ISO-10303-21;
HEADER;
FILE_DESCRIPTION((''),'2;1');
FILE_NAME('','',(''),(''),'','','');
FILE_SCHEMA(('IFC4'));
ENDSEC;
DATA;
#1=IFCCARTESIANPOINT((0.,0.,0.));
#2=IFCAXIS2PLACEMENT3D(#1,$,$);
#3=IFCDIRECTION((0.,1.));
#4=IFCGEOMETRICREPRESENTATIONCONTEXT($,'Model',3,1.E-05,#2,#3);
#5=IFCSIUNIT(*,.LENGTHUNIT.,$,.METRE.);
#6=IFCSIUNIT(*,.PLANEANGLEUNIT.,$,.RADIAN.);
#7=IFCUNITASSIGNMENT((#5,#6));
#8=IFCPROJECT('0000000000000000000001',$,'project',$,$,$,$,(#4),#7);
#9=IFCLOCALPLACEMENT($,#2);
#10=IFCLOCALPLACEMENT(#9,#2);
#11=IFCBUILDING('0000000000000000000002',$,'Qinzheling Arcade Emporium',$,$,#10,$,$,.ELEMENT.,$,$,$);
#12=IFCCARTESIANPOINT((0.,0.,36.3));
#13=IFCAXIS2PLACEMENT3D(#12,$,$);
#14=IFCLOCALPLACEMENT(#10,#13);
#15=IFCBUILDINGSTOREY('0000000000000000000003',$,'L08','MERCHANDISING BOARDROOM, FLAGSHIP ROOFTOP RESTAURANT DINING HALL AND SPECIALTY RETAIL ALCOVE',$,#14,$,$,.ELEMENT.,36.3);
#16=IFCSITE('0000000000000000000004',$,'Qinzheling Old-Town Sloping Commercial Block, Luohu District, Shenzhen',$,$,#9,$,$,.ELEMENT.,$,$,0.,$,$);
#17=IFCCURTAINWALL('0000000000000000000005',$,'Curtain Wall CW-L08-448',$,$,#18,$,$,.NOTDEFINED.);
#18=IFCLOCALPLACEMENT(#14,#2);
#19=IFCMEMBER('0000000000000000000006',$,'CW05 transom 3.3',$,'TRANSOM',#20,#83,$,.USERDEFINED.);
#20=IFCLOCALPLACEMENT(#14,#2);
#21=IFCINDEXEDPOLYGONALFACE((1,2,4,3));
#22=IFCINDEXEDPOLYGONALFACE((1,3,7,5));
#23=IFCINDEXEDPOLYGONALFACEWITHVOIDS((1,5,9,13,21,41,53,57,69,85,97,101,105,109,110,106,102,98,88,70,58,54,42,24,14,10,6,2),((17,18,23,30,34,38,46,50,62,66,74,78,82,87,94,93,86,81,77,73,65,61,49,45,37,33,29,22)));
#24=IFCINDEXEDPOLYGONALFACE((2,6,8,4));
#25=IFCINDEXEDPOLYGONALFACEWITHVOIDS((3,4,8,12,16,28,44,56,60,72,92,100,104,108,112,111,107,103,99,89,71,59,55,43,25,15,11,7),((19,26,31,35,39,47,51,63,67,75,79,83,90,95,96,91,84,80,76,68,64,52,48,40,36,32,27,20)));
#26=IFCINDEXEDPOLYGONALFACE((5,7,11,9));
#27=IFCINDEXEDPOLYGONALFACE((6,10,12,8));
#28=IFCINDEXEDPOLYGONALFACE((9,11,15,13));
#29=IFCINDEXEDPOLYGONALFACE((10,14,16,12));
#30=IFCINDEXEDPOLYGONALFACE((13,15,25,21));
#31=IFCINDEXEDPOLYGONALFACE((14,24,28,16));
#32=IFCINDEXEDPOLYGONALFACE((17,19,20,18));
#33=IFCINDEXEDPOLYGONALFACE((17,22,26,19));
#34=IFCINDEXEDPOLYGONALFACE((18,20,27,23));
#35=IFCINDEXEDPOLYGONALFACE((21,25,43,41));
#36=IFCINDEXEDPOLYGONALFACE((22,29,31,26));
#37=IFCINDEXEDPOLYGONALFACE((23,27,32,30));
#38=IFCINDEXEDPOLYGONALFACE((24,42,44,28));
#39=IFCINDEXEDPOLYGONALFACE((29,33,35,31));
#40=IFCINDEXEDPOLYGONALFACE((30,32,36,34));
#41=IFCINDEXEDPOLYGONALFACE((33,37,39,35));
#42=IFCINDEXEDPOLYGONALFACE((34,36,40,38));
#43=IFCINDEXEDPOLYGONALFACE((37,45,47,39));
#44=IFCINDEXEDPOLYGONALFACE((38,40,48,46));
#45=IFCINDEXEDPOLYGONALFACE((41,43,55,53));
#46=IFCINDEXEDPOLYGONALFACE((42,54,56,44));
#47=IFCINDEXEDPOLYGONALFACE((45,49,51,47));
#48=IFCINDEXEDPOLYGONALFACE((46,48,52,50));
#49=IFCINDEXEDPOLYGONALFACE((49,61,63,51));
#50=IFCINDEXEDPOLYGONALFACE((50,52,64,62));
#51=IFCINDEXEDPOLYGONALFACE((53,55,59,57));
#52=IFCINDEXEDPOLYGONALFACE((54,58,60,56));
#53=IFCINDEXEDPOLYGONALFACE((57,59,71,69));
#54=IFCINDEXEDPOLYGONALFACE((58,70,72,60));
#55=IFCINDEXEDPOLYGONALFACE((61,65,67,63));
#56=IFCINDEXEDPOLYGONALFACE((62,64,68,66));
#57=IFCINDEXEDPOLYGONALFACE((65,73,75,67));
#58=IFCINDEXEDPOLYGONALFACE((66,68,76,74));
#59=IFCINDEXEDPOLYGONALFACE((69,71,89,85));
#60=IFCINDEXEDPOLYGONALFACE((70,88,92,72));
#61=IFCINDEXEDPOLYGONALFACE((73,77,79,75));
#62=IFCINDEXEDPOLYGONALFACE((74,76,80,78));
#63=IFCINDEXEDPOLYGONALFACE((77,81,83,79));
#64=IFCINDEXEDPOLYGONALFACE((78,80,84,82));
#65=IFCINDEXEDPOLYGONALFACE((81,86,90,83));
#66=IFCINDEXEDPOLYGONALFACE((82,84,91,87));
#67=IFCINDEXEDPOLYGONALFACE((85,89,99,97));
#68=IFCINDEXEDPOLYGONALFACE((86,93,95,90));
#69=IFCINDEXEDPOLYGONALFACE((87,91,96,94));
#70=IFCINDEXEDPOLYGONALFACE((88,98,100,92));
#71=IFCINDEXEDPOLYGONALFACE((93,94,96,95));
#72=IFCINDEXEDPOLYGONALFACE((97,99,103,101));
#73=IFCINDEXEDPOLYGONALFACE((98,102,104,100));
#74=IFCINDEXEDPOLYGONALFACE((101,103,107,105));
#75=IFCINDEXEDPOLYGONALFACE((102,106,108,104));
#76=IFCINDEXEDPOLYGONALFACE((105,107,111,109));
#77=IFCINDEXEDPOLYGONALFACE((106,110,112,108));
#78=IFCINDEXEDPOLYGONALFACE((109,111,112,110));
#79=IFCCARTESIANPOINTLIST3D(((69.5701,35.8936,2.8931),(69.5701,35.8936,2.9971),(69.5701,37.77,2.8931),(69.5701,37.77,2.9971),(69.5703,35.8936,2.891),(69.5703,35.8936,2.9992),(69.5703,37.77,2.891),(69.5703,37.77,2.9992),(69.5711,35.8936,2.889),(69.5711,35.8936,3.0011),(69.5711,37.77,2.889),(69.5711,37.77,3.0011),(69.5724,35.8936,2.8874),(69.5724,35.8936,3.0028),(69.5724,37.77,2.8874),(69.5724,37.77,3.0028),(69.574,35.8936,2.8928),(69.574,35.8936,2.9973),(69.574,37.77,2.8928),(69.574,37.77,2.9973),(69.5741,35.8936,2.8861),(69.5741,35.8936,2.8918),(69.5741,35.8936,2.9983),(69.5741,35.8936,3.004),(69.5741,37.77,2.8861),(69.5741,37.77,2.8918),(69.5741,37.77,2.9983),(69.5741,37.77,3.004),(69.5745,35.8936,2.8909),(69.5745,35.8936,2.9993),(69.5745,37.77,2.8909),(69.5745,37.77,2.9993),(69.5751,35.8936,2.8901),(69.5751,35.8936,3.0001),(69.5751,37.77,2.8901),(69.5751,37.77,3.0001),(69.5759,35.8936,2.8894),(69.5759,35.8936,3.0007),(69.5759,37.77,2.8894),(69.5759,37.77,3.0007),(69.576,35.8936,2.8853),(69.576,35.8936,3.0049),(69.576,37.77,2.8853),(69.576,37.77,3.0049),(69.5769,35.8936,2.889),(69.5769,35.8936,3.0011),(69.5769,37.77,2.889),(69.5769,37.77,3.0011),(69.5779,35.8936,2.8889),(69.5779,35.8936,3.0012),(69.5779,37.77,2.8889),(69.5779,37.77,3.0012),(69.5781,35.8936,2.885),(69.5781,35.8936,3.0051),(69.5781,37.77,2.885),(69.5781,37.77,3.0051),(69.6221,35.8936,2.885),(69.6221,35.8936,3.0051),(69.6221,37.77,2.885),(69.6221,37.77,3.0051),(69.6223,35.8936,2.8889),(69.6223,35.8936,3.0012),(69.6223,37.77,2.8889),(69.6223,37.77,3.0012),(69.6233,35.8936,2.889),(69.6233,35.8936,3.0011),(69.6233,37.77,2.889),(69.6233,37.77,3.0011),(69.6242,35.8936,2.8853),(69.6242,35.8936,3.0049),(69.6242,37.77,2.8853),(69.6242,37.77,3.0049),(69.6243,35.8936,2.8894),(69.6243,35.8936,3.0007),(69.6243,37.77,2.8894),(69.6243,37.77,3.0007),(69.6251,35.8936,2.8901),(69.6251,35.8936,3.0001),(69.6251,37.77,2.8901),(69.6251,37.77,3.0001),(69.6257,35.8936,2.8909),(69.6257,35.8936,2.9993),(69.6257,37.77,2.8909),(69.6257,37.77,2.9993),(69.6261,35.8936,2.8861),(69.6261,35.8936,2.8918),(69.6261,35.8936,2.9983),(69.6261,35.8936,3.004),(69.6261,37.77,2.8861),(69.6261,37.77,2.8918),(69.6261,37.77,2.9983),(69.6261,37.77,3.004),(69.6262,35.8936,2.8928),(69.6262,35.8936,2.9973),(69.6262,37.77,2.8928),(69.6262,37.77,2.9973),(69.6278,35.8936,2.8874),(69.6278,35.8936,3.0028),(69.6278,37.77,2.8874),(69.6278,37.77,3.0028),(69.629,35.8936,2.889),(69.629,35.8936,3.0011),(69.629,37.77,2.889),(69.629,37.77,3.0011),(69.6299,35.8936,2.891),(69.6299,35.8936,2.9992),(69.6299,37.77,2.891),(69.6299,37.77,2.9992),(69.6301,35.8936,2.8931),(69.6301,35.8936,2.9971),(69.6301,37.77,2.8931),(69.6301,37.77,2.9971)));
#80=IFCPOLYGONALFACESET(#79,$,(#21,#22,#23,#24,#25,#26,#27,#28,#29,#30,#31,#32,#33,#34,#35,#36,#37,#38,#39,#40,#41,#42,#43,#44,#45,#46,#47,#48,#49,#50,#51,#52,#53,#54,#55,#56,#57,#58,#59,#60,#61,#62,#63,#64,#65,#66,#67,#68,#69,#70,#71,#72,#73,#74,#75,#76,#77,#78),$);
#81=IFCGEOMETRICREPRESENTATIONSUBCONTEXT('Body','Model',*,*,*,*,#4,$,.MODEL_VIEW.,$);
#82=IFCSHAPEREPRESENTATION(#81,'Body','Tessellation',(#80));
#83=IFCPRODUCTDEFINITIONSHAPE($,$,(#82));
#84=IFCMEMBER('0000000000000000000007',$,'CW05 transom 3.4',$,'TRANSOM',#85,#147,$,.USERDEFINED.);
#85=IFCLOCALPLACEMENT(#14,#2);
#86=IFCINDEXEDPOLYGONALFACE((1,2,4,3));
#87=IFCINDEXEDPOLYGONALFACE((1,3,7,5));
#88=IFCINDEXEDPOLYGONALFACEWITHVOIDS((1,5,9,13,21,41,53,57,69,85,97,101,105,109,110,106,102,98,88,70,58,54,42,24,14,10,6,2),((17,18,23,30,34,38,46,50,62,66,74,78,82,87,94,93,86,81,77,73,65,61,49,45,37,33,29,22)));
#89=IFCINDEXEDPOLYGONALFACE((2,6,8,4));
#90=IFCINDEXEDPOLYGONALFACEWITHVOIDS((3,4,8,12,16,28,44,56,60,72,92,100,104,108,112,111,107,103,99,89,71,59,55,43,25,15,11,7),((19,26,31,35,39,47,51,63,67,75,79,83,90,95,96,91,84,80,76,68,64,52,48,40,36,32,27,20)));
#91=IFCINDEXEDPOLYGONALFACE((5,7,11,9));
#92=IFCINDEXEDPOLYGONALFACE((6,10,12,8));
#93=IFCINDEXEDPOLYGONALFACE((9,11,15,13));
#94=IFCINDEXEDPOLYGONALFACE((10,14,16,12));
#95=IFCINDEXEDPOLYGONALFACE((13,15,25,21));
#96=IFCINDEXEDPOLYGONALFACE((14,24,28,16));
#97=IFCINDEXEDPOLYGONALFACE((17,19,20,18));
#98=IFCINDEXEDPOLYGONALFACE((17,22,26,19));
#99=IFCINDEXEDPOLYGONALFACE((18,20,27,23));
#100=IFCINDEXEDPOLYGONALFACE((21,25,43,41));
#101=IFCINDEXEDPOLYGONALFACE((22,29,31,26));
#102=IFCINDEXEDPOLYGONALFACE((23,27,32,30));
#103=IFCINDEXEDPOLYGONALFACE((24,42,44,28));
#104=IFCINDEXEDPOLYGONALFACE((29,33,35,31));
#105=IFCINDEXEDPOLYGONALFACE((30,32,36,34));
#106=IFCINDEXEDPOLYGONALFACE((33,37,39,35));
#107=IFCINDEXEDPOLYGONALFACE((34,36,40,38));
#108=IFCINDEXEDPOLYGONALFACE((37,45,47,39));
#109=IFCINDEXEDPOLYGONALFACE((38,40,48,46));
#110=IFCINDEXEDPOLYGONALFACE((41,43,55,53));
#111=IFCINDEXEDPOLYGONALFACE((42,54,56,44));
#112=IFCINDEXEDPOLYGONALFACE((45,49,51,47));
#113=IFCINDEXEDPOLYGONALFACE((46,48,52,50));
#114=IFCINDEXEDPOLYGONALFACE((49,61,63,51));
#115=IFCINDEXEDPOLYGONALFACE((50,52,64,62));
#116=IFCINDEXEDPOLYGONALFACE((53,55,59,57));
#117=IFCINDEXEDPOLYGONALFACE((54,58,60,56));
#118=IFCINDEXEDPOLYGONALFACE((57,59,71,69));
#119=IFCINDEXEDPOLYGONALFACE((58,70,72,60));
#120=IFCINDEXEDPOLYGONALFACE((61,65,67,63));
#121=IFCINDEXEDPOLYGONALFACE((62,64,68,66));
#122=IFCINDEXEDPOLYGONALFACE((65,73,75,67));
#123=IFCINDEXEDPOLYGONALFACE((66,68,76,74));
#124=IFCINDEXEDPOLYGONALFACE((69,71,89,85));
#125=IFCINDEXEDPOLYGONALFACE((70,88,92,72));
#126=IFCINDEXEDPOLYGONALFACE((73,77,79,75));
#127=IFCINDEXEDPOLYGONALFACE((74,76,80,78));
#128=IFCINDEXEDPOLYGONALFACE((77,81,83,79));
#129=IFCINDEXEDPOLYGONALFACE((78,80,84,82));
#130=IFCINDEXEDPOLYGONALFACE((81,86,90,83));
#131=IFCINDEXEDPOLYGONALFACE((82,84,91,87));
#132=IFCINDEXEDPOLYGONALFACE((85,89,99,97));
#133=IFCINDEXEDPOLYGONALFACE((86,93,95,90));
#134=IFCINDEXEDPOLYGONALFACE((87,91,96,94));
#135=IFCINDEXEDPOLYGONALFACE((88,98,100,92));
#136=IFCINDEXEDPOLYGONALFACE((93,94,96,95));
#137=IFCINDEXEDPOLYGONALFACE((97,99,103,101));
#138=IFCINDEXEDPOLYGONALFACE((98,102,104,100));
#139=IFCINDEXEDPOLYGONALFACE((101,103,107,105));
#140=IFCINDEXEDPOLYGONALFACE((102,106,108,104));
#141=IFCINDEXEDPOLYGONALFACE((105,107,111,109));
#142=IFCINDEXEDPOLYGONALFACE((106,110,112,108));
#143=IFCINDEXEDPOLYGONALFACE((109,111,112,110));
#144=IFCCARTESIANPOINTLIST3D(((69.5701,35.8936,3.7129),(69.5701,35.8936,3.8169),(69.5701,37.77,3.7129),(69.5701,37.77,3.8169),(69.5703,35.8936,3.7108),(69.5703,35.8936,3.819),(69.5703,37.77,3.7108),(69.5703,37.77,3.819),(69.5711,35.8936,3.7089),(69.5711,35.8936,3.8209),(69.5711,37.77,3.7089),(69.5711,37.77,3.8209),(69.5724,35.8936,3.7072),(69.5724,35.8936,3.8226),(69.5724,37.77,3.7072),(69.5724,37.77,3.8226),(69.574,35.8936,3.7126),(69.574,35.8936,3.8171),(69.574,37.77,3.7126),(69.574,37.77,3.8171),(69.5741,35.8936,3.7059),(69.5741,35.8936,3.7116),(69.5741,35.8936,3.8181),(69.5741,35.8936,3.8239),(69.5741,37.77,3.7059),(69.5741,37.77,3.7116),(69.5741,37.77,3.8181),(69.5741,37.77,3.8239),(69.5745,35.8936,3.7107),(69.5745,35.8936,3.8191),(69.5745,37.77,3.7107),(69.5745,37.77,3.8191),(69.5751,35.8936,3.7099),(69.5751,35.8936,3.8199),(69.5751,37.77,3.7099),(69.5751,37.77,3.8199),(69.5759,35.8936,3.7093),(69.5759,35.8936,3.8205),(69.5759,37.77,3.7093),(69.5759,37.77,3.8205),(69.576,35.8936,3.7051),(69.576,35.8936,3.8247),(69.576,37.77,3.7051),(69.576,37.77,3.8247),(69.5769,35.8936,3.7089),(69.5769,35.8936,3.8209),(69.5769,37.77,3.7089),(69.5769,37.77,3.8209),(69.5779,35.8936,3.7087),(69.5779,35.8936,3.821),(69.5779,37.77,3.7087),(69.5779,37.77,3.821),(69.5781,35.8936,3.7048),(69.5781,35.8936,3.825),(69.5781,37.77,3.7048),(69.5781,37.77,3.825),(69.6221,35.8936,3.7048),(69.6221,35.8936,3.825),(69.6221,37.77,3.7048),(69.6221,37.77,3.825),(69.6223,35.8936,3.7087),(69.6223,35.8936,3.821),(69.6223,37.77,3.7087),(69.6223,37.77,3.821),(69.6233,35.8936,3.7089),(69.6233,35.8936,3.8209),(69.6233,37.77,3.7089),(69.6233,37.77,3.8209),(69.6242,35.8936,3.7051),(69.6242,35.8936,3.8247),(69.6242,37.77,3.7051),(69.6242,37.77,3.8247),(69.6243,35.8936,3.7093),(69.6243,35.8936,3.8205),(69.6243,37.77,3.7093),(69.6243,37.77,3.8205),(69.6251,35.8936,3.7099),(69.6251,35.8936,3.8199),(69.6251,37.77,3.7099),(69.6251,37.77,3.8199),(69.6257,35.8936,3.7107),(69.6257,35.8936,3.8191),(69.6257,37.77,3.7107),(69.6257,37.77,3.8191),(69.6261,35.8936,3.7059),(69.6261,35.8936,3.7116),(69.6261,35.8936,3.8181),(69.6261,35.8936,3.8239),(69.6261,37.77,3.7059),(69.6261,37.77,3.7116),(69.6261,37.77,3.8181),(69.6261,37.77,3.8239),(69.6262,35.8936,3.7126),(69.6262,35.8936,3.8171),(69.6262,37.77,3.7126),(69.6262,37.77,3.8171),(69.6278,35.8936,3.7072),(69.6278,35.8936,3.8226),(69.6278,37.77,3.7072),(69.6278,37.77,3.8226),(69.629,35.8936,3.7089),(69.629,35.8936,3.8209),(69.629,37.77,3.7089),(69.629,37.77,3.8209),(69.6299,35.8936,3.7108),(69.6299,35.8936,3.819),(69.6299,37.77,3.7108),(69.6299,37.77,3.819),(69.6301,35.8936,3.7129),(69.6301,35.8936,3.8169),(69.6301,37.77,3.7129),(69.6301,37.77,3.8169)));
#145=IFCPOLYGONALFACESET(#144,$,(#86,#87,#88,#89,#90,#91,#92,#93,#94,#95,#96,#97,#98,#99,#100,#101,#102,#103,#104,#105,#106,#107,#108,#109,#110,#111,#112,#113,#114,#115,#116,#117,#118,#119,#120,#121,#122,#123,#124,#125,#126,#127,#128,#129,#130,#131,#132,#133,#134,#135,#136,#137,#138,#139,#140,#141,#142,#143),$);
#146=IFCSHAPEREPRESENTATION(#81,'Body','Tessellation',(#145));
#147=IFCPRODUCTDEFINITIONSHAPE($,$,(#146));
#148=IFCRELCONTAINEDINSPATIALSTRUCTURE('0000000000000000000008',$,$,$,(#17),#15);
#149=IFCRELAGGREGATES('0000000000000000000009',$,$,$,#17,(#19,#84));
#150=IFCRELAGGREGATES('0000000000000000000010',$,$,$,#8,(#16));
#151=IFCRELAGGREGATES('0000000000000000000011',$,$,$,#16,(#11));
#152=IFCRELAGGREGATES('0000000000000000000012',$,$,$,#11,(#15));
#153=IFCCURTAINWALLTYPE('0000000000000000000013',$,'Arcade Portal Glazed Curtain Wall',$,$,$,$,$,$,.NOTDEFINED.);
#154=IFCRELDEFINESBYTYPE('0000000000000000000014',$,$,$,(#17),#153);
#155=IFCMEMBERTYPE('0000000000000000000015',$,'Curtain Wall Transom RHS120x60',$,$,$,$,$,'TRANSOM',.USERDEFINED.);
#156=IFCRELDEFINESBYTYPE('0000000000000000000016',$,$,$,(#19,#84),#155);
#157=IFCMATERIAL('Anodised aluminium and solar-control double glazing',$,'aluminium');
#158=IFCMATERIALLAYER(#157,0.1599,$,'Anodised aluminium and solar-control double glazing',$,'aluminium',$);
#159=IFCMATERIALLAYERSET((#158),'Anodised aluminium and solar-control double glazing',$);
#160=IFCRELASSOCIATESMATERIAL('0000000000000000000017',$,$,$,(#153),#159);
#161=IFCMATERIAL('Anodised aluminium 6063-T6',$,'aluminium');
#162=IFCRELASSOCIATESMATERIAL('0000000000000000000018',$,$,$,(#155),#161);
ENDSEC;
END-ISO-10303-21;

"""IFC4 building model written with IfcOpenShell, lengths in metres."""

from ifc_helpers import new_model, si_unit, direction, frame, origin, origin_2d, place, context, subcontext, project, spatial, hollow_rectangle, extrude, material, layer, layer_set, material_profile, profile_set, type_object, element, aggregate, save


model = new_model("IFC4")

# Units and contexts
model_context = context("Model", 3, precision=1e-05, world=origin(), true_north=direction((0.0, 1.0)))
body_context = subcontext(model_context, "Body", "Model", "MODEL_VIEW")
ifc_project = project(units=[si_unit("LENGTHUNIT", "METRE"), si_unit("PLANEANGLEUNIT", "RADIAN")], contexts=[model_context])

# Site, building, storey
site_placement = place(None, origin())
site = spatial("IfcSite", under=ifc_project, at=site_placement, Name="Qinzheling Old-Town Sloping Commercial Block, Luohu District, Shenzhen", CompositionType="ELEMENT", RefElevation=0.0)
building_placement = place(site_placement, origin())
building = spatial("IfcBuilding", under=site, at=building_placement, Name="Qinzheling Arcade Emporium", CompositionType="ELEMENT")
storey_placement = place(building_placement, frame((0.0, 0.0, 36.3)))
storey = spatial("IfcBuildingStorey", under=building, at=storey_placement, Name="L08", Description="MERCHANDISING BOARDROOM, FLAGSHIP ROOFTOP RESTAURANT DINING HALL AND SPECIALTY RETAIL ALCOVE", CompositionType="ELEMENT", Elevation=36.3)

# Curtain wall
ifc_material_1 = material(Name="Anodised aluminium and solar-control double glazing", Category="aluminium")
ifc_layer_1 = layer(ifc_material_1, 0.1599, Name="Anodised aluminium and solar-control double glazing", Category="aluminium")
ifc_layer_set_1 = layer_set([ifc_layer_1], Name="Anodised aluminium and solar-control double glazing")
curtain_wall_type = type_object("IfcCurtainWallType", Name="Arcade Portal Glazed Curtain Wall", PredefinedType="NOTDEFINED", material=ifc_layer_set_1)
curtain_wall_1_placement = place(storey_placement, origin())
curtain_wall_1 = element("IfcCurtainWall", 1, at=curtain_wall_1_placement, inside=storey, type_object=curtain_wall_type, Name="Curtain Wall CW-L08-448", PredefinedType="NOTDEFINED")
ifc_material_2 = material(Name="Anodised aluminium 6063-T6", Category="aluminium")

# Members
ifc_material_profile_1 = material_profile(ifc_material_2, hollow_rectangle(XDim=0.0601, YDim=0.1201, WallThickness=0.0039, InnerFilletRadius=0.0039, OuterFilletRadius=0.0081, at=origin_2d()), Name="RHS 120x60x4", Category="aluminium")
ifc_profile_set_1 = profile_set([ifc_material_profile_1], Name="Anodised aluminium 6063-T6")
member_type_1 = type_object("IfcMemberType", Name="Curtain Wall Transom RHS120x60", ElementType="TRANSOM", PredefinedType="USERDEFINED", material=ifc_profile_set_1)
member_1_placement = place(storey_placement, frame((69.6001, 37.77, 2.9451), z_axis=(0.0, -1.0, 0.0), x_axis=(1.0, 0.0, 0.0)))
member_1 = element("IfcMember", 2, at=member_1_placement, type_object=member_type_1, Name="CW05 transom 3.3", ObjectType="TRANSOM", PredefinedType="USERDEFINED", context=body_context, shape_type="SweptSolid", body=[
    extrude(hollow_rectangle(XDim=0.0601, YDim=0.1201, WallThickness=0.0039, InnerFilletRadius=0.0039, OuterFilletRadius=0.0081, at=origin_2d()), origin(), (0.0, 0.0, 1.0), 1.8765),
])
member_2_placement = place(storey_placement, frame((69.6001, 37.77, 3.7649), z_axis=(0.0, -1.0, 0.0), x_axis=(1.0, 0.0, 0.0)))
member_2 = element("IfcMember", 3, at=member_2_placement, type_object=member_type_1, Name="CW05 transom 3.4", ObjectType="TRANSOM", PredefinedType="USERDEFINED", context=body_context, shape_type="SweptSolid", body=[
    extrude(hollow_rectangle(XDim=0.0601, YDim=0.1201, WallThickness=0.0039, InnerFilletRadius=0.0039, OuterFilletRadius=0.0081, at=origin_2d()), origin(), (0.0, 0.0, 1.0), 1.8765),
])

aggregate(curtain_wall_1, [member_1, member_2])

save(model, "model.ifc")
